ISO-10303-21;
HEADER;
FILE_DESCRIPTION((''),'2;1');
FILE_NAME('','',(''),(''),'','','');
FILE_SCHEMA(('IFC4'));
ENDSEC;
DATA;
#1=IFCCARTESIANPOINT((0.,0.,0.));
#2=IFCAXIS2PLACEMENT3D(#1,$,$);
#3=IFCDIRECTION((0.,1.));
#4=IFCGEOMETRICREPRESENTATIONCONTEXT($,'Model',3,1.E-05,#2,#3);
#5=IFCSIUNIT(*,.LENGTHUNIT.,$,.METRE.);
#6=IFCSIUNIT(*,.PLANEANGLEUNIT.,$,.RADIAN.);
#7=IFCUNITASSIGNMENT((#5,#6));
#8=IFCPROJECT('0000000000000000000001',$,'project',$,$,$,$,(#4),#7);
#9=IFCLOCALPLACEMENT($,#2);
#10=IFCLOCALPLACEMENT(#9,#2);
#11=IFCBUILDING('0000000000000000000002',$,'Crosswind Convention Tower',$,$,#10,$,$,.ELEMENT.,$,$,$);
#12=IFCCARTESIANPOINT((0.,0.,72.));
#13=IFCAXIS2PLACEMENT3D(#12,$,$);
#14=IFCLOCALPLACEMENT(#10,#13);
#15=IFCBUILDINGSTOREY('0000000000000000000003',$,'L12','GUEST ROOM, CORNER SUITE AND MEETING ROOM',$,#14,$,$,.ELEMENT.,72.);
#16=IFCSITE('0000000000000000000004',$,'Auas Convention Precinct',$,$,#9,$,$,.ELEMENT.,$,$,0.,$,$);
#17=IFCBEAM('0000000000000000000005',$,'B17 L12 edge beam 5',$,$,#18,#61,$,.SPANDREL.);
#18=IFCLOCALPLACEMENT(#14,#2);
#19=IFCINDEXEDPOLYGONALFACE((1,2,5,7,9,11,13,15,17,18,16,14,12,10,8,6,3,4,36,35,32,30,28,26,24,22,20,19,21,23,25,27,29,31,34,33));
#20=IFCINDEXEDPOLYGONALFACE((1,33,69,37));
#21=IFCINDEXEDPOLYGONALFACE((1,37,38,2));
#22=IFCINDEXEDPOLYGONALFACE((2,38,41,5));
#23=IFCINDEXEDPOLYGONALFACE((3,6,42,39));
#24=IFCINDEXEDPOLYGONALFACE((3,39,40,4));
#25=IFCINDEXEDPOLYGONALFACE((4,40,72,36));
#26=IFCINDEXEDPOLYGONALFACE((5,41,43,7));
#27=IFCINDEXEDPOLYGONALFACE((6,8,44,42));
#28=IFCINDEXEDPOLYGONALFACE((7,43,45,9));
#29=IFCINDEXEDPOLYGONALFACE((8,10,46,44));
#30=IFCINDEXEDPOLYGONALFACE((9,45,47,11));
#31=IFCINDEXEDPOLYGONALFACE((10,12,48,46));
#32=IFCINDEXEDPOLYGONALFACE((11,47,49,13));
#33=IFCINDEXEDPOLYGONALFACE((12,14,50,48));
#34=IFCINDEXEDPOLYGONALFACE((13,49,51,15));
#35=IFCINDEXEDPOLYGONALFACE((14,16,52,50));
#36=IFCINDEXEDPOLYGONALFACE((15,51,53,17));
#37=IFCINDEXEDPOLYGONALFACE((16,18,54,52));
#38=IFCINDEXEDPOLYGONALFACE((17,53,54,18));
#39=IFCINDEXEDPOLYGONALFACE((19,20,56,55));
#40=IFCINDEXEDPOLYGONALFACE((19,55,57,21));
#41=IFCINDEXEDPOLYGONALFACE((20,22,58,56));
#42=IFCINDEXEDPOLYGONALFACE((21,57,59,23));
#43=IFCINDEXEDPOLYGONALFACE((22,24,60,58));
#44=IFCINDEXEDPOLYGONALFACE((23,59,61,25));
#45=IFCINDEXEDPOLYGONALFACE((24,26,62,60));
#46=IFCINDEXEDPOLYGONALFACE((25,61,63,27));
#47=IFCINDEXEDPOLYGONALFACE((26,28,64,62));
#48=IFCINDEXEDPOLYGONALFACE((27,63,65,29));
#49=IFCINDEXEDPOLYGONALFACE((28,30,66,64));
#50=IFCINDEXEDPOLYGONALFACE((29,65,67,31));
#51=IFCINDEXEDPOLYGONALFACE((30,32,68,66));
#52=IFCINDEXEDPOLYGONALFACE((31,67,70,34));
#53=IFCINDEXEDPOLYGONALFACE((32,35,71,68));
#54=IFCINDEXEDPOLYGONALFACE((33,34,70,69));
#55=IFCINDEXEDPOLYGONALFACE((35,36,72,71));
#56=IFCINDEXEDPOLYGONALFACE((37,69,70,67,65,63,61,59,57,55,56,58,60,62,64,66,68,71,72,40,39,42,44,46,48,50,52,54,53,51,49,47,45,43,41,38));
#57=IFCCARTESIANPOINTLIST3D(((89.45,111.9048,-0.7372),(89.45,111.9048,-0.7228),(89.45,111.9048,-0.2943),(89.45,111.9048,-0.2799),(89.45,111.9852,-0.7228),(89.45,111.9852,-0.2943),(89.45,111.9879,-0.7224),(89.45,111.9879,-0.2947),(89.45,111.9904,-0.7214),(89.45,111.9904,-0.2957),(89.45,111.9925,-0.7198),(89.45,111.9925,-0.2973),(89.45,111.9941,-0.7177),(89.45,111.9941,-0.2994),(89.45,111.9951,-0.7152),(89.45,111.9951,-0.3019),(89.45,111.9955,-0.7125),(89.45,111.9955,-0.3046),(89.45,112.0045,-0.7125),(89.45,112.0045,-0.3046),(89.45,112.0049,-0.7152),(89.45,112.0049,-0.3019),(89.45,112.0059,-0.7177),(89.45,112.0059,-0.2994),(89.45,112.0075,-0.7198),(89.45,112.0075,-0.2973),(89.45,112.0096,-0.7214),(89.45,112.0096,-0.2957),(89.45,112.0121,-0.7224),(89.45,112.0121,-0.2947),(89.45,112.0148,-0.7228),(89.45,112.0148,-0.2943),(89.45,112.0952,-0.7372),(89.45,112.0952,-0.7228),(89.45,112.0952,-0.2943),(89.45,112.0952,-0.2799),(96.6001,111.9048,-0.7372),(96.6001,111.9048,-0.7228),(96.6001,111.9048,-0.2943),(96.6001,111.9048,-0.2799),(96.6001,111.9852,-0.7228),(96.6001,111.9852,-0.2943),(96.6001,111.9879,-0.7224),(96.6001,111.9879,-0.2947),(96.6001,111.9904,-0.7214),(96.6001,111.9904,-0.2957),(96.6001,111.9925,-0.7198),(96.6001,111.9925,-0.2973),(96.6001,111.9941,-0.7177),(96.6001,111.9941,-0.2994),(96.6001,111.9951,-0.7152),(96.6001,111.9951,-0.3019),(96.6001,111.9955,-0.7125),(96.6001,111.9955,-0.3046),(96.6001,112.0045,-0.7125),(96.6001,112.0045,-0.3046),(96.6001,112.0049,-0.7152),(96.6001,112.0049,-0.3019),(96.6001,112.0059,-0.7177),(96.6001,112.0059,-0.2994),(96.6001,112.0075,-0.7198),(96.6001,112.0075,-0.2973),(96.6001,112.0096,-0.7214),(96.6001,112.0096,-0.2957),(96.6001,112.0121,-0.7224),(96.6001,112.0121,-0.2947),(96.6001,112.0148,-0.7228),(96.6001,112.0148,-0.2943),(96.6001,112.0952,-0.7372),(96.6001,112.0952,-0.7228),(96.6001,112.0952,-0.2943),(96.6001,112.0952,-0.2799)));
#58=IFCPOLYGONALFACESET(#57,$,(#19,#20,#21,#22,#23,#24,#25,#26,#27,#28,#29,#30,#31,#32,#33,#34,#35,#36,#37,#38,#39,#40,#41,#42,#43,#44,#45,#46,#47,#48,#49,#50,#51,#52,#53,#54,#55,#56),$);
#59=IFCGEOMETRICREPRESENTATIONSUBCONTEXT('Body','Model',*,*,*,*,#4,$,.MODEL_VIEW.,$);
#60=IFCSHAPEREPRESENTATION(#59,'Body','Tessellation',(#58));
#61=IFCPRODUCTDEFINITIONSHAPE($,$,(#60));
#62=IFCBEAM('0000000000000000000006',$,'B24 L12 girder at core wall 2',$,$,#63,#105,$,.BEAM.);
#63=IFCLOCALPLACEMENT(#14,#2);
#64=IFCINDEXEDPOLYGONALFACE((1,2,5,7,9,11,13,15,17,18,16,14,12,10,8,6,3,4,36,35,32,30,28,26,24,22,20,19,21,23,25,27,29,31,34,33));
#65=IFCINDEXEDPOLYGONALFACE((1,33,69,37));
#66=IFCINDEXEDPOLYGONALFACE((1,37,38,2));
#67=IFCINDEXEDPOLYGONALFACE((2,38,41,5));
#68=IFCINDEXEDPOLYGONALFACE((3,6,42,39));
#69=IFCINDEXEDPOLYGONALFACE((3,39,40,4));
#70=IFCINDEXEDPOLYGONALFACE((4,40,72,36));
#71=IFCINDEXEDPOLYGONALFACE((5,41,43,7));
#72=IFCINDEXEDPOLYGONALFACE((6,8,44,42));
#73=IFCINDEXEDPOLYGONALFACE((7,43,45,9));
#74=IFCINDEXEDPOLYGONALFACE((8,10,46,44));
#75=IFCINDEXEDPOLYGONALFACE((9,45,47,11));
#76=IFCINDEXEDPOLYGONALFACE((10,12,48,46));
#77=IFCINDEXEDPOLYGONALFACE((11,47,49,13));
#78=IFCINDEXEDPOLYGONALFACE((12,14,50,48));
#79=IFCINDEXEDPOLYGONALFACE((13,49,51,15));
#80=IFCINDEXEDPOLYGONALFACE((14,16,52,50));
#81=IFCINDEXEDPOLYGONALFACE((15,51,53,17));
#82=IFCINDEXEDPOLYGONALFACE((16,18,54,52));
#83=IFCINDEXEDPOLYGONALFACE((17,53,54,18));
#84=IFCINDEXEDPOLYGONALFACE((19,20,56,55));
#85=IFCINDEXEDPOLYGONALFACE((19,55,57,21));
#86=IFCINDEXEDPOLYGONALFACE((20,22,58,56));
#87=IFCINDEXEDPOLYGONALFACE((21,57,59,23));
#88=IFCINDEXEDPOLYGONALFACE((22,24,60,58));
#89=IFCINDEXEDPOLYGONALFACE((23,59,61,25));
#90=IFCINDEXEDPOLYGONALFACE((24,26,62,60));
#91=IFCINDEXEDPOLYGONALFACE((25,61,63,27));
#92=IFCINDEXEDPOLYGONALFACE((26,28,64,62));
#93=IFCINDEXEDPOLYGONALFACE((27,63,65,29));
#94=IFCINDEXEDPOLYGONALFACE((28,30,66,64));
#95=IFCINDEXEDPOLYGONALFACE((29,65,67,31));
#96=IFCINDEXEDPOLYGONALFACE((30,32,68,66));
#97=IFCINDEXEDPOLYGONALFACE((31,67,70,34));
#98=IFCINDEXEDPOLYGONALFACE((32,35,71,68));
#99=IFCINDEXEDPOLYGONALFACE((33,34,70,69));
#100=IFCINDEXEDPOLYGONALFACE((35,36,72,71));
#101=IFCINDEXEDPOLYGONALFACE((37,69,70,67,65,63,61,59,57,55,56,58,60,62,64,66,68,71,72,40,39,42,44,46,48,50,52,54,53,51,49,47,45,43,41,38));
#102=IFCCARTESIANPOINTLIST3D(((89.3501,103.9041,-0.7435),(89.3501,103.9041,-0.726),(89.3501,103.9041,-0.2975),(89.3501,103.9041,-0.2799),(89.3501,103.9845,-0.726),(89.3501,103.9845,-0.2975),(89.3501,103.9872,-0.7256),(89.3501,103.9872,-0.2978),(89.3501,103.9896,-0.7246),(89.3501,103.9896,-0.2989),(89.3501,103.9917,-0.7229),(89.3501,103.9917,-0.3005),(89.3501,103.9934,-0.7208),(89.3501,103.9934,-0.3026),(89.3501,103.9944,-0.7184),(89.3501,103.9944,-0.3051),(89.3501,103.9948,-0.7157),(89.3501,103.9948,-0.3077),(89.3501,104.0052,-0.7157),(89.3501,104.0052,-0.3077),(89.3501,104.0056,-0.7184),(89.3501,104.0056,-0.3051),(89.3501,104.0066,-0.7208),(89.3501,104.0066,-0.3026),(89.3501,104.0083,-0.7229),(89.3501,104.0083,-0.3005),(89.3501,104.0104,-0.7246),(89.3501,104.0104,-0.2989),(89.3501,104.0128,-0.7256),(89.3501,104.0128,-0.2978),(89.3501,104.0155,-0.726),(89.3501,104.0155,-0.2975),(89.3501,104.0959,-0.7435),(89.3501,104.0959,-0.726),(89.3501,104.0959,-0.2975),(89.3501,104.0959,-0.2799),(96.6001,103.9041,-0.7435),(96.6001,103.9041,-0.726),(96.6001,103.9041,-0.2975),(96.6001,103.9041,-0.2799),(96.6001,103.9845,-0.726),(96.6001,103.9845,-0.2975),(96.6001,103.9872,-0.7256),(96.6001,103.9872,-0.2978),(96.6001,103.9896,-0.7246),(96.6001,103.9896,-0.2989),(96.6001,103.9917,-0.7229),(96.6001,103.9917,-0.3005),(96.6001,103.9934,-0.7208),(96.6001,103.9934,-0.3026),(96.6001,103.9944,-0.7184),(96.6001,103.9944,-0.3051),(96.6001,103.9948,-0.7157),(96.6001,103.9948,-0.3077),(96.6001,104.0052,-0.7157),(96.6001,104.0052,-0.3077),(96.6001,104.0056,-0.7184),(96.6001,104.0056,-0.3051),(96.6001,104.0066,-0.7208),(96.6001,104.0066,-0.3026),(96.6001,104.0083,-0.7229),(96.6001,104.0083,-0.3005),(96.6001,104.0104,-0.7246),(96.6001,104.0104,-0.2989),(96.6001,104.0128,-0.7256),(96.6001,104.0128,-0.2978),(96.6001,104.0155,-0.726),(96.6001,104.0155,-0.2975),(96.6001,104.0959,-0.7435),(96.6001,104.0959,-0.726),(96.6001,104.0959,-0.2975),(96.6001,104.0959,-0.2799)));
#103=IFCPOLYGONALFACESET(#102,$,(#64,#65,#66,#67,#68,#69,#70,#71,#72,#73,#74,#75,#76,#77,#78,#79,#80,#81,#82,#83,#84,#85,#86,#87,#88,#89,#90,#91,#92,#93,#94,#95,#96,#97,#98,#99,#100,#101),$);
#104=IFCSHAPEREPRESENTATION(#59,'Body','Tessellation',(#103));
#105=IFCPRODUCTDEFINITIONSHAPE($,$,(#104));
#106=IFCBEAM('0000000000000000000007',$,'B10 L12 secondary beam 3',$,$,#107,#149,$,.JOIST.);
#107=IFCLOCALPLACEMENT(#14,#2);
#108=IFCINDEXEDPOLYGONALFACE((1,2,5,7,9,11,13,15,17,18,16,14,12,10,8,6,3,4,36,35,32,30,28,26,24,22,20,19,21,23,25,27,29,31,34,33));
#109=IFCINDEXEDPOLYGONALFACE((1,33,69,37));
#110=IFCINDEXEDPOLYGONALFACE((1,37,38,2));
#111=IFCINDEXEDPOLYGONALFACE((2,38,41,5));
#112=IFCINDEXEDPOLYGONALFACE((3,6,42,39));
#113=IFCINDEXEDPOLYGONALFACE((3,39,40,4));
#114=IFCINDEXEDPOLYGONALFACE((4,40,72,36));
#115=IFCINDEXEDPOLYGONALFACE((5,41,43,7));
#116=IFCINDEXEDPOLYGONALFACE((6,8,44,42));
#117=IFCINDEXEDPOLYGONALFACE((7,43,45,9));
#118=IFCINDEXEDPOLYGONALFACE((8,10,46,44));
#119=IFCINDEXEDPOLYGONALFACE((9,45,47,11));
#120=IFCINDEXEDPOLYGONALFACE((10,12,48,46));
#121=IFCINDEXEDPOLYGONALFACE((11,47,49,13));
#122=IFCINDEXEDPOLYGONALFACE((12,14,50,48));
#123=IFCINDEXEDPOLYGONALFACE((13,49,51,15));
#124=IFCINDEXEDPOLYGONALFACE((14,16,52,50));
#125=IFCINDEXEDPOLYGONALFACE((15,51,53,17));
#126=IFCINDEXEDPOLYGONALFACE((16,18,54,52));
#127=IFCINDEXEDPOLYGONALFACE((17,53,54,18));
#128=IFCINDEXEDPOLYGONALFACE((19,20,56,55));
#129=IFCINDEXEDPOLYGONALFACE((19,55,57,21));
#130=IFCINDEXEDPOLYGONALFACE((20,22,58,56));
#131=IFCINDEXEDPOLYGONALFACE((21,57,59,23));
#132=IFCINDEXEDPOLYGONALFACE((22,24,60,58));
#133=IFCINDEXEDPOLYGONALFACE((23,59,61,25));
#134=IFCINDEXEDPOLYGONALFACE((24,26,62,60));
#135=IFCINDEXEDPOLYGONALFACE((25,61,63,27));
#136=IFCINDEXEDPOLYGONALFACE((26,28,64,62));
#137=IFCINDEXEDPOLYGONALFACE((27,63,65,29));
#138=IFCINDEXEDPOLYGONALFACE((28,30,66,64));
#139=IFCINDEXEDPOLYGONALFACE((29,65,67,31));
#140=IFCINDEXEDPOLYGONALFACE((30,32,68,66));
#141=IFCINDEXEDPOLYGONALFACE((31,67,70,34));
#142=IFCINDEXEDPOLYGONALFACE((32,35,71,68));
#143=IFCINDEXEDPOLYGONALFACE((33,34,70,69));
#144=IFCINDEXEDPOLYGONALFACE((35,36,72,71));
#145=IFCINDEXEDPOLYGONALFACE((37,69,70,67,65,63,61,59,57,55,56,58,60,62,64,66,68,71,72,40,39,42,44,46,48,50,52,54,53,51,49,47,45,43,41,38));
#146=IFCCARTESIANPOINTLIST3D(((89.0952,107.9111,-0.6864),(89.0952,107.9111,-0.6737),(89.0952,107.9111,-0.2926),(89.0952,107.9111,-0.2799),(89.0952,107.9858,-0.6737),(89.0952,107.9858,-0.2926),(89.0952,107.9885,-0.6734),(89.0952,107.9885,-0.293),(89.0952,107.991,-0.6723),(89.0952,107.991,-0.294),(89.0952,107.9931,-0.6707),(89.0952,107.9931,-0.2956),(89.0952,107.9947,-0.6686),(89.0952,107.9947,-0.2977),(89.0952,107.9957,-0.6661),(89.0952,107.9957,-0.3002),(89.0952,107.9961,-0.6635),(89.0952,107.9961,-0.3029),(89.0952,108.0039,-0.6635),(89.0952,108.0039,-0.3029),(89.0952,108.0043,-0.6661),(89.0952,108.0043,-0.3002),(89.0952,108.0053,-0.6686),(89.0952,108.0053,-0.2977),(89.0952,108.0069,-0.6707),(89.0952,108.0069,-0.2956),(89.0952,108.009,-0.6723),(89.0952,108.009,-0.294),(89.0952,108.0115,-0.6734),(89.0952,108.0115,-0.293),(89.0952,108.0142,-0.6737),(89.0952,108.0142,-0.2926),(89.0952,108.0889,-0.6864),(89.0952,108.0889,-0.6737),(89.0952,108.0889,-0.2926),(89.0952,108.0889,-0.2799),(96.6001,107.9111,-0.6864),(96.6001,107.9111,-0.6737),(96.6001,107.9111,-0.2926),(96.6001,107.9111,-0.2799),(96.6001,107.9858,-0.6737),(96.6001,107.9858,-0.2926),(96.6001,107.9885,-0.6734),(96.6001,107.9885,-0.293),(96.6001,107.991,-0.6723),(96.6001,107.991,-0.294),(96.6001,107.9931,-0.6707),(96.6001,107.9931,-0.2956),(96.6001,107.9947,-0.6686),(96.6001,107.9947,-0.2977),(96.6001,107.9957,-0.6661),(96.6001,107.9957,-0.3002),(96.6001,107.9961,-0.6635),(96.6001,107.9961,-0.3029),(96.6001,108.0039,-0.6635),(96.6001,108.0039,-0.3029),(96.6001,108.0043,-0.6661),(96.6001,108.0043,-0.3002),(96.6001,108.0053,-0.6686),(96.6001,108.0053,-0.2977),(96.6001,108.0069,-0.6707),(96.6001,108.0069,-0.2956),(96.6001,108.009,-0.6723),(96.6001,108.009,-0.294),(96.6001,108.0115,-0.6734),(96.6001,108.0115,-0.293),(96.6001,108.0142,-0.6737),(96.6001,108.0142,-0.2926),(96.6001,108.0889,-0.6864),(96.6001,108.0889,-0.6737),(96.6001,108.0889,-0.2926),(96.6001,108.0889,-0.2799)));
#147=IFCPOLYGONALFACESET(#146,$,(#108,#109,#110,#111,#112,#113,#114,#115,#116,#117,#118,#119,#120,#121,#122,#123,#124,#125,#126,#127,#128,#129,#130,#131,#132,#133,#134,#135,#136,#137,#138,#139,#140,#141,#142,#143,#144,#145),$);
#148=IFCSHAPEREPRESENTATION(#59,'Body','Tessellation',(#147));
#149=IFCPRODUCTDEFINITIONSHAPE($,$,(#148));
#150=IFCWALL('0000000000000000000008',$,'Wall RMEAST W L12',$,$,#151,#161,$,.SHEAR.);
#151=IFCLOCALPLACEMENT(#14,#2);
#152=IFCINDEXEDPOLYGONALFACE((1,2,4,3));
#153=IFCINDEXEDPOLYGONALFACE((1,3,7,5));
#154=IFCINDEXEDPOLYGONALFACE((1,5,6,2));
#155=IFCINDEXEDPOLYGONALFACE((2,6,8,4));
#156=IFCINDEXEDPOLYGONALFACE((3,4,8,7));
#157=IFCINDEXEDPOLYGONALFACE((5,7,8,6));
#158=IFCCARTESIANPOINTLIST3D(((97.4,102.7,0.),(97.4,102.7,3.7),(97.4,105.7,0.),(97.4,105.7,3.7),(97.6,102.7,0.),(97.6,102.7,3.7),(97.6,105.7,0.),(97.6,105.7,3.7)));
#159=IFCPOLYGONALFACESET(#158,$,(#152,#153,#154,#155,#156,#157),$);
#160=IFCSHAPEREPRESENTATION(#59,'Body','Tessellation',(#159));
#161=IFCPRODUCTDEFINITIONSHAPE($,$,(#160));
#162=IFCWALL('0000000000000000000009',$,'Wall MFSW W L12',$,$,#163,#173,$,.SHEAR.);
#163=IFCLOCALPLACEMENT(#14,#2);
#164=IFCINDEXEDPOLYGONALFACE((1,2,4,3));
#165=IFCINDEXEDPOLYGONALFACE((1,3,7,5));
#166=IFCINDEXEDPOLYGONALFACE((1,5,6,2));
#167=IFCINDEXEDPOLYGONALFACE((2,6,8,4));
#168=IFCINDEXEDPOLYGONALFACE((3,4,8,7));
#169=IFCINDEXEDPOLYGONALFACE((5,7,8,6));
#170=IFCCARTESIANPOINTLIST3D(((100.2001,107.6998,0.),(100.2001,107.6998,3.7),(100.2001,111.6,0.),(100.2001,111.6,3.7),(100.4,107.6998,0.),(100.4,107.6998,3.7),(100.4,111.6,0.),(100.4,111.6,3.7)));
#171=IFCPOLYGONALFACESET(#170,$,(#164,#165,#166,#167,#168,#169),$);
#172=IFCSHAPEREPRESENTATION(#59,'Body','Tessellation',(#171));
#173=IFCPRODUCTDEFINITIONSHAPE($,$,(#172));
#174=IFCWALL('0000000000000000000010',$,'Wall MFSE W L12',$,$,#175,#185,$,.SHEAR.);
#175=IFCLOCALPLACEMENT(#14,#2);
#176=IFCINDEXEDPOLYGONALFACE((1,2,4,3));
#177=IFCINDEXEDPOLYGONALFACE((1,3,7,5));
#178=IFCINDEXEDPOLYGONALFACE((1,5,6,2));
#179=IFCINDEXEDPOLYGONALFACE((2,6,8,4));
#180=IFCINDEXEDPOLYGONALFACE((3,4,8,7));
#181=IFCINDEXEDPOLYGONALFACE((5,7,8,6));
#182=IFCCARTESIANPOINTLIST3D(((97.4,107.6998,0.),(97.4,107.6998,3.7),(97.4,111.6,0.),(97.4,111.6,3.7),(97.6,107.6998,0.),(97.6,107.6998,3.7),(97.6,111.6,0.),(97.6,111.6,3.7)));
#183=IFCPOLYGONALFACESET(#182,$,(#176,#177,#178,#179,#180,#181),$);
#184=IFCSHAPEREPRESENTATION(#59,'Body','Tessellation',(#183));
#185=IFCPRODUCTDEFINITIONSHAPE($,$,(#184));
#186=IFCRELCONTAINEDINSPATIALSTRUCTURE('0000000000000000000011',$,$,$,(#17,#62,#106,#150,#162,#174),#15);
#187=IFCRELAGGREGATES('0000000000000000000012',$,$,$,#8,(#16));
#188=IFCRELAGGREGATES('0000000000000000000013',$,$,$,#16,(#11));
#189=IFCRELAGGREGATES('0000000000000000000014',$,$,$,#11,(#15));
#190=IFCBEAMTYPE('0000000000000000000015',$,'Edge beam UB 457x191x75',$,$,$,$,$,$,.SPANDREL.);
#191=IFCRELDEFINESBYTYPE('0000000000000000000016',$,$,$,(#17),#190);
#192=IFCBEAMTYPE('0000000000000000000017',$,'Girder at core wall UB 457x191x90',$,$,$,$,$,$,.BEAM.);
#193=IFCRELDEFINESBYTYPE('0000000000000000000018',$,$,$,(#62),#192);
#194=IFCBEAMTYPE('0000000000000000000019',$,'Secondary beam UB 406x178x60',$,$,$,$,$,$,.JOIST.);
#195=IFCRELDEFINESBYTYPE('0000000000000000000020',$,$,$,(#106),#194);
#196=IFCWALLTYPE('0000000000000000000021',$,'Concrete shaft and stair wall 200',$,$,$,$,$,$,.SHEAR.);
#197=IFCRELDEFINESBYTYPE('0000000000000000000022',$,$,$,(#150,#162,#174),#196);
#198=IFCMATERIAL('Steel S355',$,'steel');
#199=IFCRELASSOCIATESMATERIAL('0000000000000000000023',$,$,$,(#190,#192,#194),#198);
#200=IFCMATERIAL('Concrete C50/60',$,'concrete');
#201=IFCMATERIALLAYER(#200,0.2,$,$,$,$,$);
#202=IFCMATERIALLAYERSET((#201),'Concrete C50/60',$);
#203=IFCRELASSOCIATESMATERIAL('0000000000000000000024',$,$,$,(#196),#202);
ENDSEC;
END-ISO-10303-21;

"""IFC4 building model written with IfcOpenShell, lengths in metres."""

from ifc_helpers import new_model, si_unit, direction, frame, frame_2d, origin, origin_2d, place, context, subcontext, project, spatial, rectangle, i_section, extrude, material, layer, layer_set, material_profile, profile_set, type_object, element, save


model = new_model("IFC4")

# Units and contexts
model_context = context("Model", 3, precision=1e-05, world=origin(), true_north=direction((0.0, 1.0)))
body_context = subcontext(model_context, "Body", "Model", "MODEL_VIEW")
ifc_project = project(units=[si_unit("LENGTHUNIT", "METRE"), si_unit("PLANEANGLEUNIT", "RADIAN")], contexts=[model_context])

# Site, building, storey
site_placement = place(None, origin())
site = spatial("IfcSite", under=ifc_project, at=site_placement, Name="Auas Convention Precinct", CompositionType="ELEMENT", RefElevation=0.0)
building_placement = place(site_placement, origin())
building = spatial("IfcBuilding", under=site, at=building_placement, Name="Crosswind Convention Tower", CompositionType="ELEMENT")
storey_placement = place(building_placement, frame((0.0, 0.0, 72.0)))
storey = spatial("IfcBuildingStorey", under=building, at=storey_placement, Name="L12", Description="GUEST ROOM, CORNER SUITE AND MEETING ROOM", CompositionType="ELEMENT", Elevation=72.0)

# Beams
ifc_material_1 = material(Name="Steel S355", Category="steel")
ifc_material_profile_1 = material_profile(ifc_material_1, i_section(OverallWidth=0.1904, OverallDepth=0.4573, WebThickness=0.009, FlangeThickness=0.0144, FilletRadius=0.0103, at=origin_2d()), Name="UB 457x191x75")
ifc_profile_set_1 = profile_set([ifc_material_profile_1], Name="Steel S355")
beam_type_1 = type_object("IfcBeamType", Name="Edge beam UB 457x191x75", PredefinedType="SPANDREL", material=ifc_profile_set_1)
beam_1_placement = place(storey_placement, frame((89.45, 112.0, -0.5085), z_axis=(1.0, 0.0, 0.0), x_axis=(0.0, 1.0, 0.0)))
element("IfcBeam", 1, at=beam_1_placement, inside=storey, type_object=beam_type_1, Name="B17 L12 edge beam 5", PredefinedType="SPANDREL", context=body_context, shape_type="SweptSolid", body=[
    extrude(i_section(OverallWidth=0.1904, OverallDepth=0.4573, WebThickness=0.009, FlangeThickness=0.0144, FilletRadius=0.0103, at=origin_2d()), origin(), (0.0, 0.0, 1.0), 7.1501),
])
ifc_material_profile_2 = material_profile(ifc_material_1, i_section(OverallWidth=0.1919, OverallDepth=0.4636, WebThickness=0.0105, FlangeThickness=0.0176, FilletRadius=0.0103, at=origin_2d()), Name="UB 457x191x90")
ifc_profile_set_2 = profile_set([ifc_material_profile_2], Name="Steel S355")
beam_type_2 = type_object("IfcBeamType", Name="Girder at core wall UB 457x191x90", PredefinedType="BEAM", material=ifc_profile_set_2)
beam_2_placement = place(storey_placement, frame((89.3501, 104.0, -0.5117), z_axis=(1.0, 0.0, 0.0), x_axis=(0.0, 1.0, 0.0)))
element("IfcBeam", 2, at=beam_2_placement, inside=storey, type_object=beam_type_2, Name="B24 L12 girder at core wall 2", PredefinedType="BEAM", context=body_context, shape_type="SweptSolid", body=[
    extrude(i_section(OverallWidth=0.1919, OverallDepth=0.4636, WebThickness=0.0105, FlangeThickness=0.0176, FilletRadius=0.0103, at=origin_2d()), origin(), (0.0, 0.0, 1.0), 7.25),
])
ifc_material_profile_3 = material_profile(ifc_material_1, i_section(OverallWidth=0.1777, OverallDepth=0.4065, WebThickness=0.0078, FlangeThickness=0.0127, FilletRadius=0.0103, at=origin_2d()), Name="UB 406x178x60")
ifc_profile_set_3 = profile_set([ifc_material_profile_3], Name="Steel S355")
beam_type_3 = type_object("IfcBeamType", Name="Secondary beam UB 406x178x60", PredefinedType="JOIST", material=ifc_profile_set_3)
beam_3_placement = place(storey_placement, frame((89.0952, 108.0, -0.4832), z_axis=(1.0, 0.0, 0.0), x_axis=(0.0, 1.0, 0.0)))
element("IfcBeam", 3, at=beam_3_placement, inside=storey, type_object=beam_type_3, Name="B10 L12 secondary beam 3", PredefinedType="JOIST", context=body_context, shape_type="SweptSolid", body=[
    extrude(i_section(OverallWidth=0.1777, OverallDepth=0.4065, WebThickness=0.0078, FlangeThickness=0.0127, FilletRadius=0.0103, at=origin_2d()), origin(), (0.0, 0.0, 1.0), 7.5049),
])

# Walls
ifc_material_2 = material(Name="Concrete C50/60", Category="concrete")
ifc_layer_1 = layer(ifc_material_2, 0.2)
ifc_layer_set_1 = layer_set([ifc_layer_1], Name="Concrete C50/60")
wall_type_1 = type_object("IfcWallType", Name="Concrete shaft and stair wall 200", PredefinedType="SHEAR", material=ifc_layer_set_1)
wall_1_placement = place(storey_placement, frame((97.5, 105.7, 0.0), z_axis=(0.0, 0.0, 1.0), x_axis=(0.0, -1.0, 0.0)))
element("IfcWall", 4, at=wall_1_placement, inside=storey, type_object=wall_type_1, Name="Wall RMEAST W L12", PredefinedType="SHEAR", context=body_context, shape_type="SweptSolid", body=[
    extrude(rectangle(XDim=3.0, YDim=0.2, at=frame_2d((1.5, 0.0))), origin(), (0.0, 0.0, 1.0), 3.7),
])
for number, where, z_axis, x_axis, name in (
    (5, (100.3, 111.6001, 0.0), (0.0, 0.0, 1.0), (0.0, -1.0, 0.0), "Wall MFSW W L12"),
    (6, (97.5, 111.6001, 0.0), (0.0, 0.0, 1.0), (0.0, -1.0, 0.0), "Wall MFSE W L12"),
):
    element("IfcWall", number, at=place(storey_placement, frame(where, z_axis=z_axis, x_axis=x_axis)), inside=storey, type_object=wall_type_1, Name=name, PredefinedType="SHEAR", context=body_context, shape_type="SweptSolid", body=[
        extrude(rectangle(XDim=3.9001, YDim=0.2, at=frame_2d((1.9502, 0.0))), origin(), (0.0, 0.0, 1.0), 3.7),
    ])

save(model, "model.ifc")
